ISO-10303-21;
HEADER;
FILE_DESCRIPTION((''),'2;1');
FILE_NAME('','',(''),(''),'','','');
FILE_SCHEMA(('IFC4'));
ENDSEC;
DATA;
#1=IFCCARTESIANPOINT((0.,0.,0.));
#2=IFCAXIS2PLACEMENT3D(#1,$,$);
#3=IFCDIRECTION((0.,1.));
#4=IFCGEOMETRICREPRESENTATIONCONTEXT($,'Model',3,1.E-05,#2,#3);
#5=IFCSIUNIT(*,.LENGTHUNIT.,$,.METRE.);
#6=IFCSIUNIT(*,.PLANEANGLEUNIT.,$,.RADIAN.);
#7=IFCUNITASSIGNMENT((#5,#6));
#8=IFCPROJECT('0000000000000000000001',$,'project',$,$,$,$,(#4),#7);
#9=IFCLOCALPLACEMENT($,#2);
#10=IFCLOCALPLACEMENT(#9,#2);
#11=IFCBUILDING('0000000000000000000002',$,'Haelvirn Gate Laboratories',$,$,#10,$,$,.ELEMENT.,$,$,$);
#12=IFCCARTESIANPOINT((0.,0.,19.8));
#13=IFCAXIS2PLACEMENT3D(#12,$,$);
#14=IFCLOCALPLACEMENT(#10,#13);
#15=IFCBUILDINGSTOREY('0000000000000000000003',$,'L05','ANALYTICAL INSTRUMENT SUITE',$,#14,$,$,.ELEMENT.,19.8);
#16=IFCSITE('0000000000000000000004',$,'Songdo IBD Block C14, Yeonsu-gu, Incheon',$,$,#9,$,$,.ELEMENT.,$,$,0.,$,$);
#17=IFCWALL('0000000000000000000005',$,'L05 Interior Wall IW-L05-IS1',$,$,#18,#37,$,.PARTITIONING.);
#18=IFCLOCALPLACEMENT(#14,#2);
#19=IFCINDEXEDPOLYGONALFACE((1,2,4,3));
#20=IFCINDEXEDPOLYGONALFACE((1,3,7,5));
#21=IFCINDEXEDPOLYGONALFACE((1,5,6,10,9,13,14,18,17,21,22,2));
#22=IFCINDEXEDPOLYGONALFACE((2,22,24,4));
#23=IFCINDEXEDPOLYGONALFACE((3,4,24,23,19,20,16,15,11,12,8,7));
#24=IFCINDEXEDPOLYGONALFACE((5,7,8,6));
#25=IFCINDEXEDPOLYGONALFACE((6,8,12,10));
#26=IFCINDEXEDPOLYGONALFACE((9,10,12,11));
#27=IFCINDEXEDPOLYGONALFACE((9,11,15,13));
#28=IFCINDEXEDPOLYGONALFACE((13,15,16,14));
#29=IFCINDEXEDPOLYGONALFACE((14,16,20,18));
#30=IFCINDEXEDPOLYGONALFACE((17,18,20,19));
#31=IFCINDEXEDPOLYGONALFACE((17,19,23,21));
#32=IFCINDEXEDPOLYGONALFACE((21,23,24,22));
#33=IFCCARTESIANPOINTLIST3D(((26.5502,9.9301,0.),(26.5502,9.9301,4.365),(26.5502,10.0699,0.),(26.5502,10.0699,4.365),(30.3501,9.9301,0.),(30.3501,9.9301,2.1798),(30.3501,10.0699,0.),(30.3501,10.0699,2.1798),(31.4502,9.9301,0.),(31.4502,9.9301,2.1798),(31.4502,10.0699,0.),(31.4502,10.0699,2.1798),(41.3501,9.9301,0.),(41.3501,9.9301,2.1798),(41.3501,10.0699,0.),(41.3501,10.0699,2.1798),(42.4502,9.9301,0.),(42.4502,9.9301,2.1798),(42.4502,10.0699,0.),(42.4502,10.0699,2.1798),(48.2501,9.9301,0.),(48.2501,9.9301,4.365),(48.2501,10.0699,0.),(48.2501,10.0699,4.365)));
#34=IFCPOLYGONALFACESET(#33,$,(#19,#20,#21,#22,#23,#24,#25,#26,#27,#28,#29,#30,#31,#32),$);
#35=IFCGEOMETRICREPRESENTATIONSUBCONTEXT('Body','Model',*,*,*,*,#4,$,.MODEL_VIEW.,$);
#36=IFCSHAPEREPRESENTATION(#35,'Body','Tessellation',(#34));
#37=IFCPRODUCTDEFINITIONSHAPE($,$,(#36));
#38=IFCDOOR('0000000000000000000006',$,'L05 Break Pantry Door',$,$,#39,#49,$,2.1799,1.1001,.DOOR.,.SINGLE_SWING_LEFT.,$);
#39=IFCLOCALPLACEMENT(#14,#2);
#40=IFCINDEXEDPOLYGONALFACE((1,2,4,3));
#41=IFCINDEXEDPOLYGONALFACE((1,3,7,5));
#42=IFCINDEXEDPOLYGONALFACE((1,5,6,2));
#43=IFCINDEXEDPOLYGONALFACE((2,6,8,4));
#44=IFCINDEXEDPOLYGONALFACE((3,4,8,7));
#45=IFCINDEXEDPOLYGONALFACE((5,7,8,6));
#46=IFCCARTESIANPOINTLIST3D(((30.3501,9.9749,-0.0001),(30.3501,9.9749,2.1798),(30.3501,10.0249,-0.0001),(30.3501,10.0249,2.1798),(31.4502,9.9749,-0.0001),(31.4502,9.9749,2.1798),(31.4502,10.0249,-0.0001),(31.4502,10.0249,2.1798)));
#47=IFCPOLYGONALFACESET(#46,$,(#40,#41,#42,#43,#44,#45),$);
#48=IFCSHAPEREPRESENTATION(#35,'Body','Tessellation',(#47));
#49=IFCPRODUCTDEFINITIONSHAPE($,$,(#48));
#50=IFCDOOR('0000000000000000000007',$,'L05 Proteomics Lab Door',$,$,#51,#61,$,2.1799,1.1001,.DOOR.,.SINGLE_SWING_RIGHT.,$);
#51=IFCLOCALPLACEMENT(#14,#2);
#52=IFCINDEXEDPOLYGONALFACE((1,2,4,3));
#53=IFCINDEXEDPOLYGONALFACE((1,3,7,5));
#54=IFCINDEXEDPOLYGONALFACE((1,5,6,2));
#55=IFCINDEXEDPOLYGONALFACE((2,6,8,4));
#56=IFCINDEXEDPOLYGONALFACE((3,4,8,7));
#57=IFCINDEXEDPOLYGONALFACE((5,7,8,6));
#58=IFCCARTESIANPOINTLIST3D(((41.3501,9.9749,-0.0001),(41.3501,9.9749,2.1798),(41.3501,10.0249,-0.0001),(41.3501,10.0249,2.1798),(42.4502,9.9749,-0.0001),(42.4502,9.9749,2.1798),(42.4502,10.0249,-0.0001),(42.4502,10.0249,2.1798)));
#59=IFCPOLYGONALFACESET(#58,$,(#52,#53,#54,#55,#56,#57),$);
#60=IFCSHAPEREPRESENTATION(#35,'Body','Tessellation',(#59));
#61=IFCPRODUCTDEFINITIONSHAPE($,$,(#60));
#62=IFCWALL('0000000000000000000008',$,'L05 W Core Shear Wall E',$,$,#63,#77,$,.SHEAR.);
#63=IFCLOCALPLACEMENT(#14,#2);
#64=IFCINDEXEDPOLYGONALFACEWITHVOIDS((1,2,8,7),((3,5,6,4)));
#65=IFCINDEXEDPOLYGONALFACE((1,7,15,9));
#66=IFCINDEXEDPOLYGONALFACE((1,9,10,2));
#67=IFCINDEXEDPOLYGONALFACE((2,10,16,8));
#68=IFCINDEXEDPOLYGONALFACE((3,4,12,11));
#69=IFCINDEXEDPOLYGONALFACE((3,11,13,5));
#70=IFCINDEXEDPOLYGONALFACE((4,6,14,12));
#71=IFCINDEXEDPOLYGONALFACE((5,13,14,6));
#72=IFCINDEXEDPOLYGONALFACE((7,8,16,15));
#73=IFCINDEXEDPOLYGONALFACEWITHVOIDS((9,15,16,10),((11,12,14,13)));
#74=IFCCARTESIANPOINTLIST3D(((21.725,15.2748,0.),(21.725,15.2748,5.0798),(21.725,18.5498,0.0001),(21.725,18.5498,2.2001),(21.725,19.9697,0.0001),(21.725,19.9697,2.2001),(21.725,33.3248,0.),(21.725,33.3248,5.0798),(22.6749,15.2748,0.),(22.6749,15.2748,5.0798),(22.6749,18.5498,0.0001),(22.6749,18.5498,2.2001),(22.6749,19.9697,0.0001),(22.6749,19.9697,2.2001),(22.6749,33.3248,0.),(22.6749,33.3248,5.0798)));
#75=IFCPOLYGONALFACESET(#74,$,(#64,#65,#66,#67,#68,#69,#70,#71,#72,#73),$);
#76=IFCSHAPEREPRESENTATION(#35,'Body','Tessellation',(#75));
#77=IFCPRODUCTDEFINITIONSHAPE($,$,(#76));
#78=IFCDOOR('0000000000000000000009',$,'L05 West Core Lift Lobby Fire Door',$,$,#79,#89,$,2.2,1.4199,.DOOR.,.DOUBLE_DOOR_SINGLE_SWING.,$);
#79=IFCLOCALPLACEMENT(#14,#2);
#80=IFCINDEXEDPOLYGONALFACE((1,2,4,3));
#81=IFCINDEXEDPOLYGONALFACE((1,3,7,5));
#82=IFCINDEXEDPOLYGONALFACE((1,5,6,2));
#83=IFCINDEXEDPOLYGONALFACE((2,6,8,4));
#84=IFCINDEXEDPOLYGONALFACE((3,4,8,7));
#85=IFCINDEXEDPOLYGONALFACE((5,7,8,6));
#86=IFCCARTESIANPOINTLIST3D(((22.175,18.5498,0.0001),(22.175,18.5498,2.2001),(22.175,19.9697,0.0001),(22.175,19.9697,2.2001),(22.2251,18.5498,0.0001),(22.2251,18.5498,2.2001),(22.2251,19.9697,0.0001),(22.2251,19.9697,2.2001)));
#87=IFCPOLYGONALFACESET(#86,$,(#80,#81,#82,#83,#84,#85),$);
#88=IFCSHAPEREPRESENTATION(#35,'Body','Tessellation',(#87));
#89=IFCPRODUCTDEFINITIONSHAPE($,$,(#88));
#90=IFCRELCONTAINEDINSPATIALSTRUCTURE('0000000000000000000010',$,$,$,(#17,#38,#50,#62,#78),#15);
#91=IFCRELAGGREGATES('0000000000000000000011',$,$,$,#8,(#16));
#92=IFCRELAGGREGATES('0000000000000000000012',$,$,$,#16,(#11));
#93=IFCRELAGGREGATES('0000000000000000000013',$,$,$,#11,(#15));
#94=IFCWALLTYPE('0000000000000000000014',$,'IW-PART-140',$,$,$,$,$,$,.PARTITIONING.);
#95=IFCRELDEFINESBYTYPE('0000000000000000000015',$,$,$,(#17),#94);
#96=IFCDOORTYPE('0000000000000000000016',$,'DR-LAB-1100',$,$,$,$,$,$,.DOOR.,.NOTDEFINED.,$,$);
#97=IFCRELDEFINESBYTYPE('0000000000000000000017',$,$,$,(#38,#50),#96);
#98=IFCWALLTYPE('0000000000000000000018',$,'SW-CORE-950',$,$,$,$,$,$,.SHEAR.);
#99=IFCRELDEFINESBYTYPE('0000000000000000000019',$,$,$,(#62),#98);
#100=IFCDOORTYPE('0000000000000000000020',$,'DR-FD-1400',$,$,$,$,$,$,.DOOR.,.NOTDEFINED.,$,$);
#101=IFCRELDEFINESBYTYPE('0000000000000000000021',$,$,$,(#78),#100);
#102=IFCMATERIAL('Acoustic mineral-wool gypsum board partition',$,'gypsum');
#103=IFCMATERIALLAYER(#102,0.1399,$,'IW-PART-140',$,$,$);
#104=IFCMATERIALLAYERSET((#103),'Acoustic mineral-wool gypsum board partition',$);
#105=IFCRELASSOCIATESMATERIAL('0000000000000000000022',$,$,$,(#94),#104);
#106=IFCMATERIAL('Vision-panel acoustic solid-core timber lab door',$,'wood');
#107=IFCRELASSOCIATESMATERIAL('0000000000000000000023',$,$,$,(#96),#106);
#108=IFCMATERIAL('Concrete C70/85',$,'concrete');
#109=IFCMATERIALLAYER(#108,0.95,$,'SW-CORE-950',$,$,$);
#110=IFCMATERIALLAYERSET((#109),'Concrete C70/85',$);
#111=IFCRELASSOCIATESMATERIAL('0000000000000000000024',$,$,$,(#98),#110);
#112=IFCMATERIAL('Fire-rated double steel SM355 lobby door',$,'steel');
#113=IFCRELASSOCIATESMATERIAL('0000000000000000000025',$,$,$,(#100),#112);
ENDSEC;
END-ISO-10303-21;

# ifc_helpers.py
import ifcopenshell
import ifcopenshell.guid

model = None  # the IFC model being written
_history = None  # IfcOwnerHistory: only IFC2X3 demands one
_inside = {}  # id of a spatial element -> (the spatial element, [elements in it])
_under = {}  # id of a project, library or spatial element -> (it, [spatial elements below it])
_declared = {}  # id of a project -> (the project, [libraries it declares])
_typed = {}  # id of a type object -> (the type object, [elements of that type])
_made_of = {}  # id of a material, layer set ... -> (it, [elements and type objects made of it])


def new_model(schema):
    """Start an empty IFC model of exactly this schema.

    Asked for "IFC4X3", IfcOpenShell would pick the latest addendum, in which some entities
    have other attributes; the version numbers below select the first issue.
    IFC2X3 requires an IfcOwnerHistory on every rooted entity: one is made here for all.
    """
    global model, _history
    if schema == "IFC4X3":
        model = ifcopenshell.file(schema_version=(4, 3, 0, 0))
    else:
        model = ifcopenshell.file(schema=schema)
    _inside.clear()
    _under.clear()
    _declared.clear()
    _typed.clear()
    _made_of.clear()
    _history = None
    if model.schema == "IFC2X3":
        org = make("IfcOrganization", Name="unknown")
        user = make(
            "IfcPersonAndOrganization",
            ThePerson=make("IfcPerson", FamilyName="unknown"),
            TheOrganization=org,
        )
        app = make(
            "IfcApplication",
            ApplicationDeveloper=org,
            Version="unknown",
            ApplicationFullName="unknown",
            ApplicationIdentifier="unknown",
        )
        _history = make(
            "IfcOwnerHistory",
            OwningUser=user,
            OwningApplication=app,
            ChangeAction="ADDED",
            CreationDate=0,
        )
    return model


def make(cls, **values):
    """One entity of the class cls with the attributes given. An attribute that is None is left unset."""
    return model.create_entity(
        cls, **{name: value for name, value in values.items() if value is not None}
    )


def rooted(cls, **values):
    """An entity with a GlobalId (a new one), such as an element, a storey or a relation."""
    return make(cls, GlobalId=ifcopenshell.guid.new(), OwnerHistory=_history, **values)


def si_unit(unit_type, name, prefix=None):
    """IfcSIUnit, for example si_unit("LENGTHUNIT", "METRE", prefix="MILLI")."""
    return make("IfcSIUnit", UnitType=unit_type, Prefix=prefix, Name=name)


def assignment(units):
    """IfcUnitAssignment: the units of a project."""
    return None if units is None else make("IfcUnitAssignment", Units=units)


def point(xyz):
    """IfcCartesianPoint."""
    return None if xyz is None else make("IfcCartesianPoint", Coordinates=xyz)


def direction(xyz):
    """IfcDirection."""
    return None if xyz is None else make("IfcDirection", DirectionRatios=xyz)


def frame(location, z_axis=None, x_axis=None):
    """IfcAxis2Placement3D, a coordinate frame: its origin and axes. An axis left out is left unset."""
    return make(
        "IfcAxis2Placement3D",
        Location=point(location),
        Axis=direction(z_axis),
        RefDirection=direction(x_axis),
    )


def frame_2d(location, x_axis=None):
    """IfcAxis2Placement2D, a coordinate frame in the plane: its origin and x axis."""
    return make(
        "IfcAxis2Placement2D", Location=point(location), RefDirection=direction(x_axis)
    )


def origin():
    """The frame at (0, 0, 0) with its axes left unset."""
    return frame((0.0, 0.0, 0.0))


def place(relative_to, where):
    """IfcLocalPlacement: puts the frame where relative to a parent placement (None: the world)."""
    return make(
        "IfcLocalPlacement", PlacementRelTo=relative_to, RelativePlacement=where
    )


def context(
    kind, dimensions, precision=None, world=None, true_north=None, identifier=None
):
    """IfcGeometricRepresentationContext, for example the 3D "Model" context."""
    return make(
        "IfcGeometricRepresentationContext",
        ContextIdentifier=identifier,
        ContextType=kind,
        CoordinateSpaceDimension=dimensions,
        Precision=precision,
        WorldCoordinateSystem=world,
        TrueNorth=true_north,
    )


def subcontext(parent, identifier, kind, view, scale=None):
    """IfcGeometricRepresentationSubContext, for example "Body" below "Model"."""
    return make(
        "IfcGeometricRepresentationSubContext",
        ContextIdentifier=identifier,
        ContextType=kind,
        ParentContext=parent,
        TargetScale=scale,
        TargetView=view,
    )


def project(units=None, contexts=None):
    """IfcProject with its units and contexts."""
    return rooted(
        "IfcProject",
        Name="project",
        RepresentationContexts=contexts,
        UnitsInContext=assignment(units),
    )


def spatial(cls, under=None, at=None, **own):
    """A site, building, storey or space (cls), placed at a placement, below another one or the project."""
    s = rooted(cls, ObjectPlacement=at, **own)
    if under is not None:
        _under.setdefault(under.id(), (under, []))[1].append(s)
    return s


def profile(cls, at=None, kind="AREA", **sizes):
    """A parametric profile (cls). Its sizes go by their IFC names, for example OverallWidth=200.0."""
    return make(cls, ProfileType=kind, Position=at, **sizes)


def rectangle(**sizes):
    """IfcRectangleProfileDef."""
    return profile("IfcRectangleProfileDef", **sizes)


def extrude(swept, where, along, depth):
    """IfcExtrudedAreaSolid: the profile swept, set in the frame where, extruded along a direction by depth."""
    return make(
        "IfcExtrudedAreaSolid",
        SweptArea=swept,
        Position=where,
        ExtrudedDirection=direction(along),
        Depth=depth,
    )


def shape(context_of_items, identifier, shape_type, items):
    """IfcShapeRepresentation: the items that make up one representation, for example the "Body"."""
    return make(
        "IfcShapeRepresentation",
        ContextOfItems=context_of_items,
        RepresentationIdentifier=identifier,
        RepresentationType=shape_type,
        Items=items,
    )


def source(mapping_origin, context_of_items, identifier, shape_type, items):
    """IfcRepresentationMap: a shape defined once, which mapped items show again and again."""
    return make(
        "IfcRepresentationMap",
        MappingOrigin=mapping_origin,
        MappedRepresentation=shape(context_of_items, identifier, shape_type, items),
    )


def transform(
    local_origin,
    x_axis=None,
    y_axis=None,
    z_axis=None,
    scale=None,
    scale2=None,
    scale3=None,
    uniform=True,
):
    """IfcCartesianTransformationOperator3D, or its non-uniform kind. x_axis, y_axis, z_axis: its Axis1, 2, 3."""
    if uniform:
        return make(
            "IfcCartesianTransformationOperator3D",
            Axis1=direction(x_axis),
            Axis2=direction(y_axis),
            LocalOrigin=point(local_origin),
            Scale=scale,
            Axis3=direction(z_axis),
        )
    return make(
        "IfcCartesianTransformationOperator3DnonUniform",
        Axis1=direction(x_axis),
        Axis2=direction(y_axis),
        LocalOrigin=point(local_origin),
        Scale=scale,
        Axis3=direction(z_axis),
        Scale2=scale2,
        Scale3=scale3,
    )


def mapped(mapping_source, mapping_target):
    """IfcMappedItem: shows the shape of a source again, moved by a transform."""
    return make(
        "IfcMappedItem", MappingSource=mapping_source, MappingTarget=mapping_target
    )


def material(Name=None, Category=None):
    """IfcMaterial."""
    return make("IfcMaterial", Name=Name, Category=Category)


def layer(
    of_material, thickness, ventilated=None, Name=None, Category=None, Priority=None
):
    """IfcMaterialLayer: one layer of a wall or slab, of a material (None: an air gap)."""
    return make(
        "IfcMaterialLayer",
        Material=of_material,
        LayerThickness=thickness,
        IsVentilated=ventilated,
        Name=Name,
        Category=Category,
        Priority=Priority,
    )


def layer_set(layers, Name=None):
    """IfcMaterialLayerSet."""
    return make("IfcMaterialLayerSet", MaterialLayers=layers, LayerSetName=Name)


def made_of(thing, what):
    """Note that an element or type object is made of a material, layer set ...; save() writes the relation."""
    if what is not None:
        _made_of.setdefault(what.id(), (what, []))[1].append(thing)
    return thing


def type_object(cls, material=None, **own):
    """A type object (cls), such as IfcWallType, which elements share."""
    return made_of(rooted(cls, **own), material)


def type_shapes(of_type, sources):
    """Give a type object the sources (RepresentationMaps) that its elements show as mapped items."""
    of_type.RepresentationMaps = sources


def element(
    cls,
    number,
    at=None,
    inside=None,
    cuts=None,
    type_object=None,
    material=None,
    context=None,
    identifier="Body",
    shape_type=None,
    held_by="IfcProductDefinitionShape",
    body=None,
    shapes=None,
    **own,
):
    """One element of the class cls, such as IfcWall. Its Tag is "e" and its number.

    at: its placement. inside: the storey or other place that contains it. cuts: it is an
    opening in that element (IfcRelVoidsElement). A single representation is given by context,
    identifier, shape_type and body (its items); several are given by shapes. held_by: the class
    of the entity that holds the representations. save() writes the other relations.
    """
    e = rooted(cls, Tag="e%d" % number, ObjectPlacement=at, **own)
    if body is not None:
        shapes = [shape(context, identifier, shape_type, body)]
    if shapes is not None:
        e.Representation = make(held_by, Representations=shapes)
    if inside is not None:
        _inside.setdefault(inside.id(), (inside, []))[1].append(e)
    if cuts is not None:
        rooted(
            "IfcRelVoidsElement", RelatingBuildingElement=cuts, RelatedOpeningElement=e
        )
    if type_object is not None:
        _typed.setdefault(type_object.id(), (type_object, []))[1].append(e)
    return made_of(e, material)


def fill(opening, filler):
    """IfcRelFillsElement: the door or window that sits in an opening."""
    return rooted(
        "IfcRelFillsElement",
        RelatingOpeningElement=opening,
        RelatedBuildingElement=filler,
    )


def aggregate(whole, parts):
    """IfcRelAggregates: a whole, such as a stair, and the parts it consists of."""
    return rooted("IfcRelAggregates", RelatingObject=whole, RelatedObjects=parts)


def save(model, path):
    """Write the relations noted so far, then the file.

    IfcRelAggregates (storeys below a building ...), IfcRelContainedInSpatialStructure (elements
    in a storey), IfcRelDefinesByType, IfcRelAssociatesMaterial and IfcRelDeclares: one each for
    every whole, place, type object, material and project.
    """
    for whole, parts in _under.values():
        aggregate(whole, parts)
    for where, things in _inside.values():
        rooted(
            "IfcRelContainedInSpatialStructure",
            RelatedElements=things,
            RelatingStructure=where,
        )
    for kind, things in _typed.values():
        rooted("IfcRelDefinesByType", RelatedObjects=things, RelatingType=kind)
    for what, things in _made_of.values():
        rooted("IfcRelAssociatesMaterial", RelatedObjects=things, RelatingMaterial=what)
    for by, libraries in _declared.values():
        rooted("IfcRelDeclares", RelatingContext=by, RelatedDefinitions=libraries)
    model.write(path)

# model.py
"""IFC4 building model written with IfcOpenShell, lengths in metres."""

from ifc_helpers import new_model, si_unit, direction, frame, frame_2d, origin, place, context, subcontext, project, spatial, rectangle, extrude, source, transform, mapped, material, layer, layer_set, type_object, type_shapes, element, fill, save


model = new_model("IFC4")

# Units and contexts
model_context = context("Model", 3, precision=1e-05, world=origin(), true_north=direction((0.0, 1.0)))
body_context = subcontext(model_context, "Body", "Model", "MODEL_VIEW")
ifc_project = project(units=[si_unit("LENGTHUNIT", "METRE"), si_unit("PLANEANGLEUNIT", "RADIAN")], contexts=[model_context])

# Site, building, storey
site_placement = place(None, origin())
site = spatial("IfcSite", under=ifc_project, at=site_placement, Name="Songdo IBD Block C14, Yeonsu-gu, Incheon", CompositionType="ELEMENT", RefElevation=0.0)
building_placement = place(site_placement, origin())
building = spatial("IfcBuilding", under=site, at=building_placement, Name="Haelvirn Gate Laboratories", CompositionType="ELEMENT")
storey_placement = place(building_placement, frame((0.0, 0.0, 19.8)))
storey = spatial("IfcBuildingStorey", under=building, at=storey_placement, Name="L05", Description="ANALYTICAL INSTRUMENT SUITE", CompositionType="ELEMENT", Elevation=19.8)

# Shared definitions
ifc_material_1 = material(Name="Concrete C70/85", Category="concrete")

# Wall, openings, doors
ifc_material_2 = material(Name="Acoustic mineral-wool gypsum board partition", Category="gypsum")
ifc_layer_1 = layer(ifc_material_2, 0.1399, Name="IW-PART-140")
ifc_layer_set_1 = layer_set([ifc_layer_1], Name="Acoustic mineral-wool gypsum board partition")
wall_type_1 = type_object("IfcWallType", Name="IW-PART-140", PredefinedType="PARTITIONING", material=ifc_layer_set_1)
wall_1_placement = place(storey_placement, frame((26.55, 10.0, 0.0), z_axis=(0.0, 0.0, 1.0), x_axis=(1.0, 0.0, 0.0)))
wall_1 = element("IfcWall", 1, at=wall_1_placement, inside=storey, type_object=wall_type_1, Name="L05 Interior Wall IW-L05-IS1", PredefinedType="PARTITIONING", context=body_context, shape_type="SweptSolid", body=[
    extrude(rectangle(XDim=21.7, YDim=0.1399, at=frame_2d((10.8501, 0.0))), origin(), (0.0, 0.0, 1.0), 4.365),
])
opening_1_placement = place(wall_1_placement, frame((3.8, 0.0, 0.0)))
opening_1 = element("IfcOpeningElement", 2, at=opening_1_placement, cuts=wall_1, PredefinedType="OPENING", context=body_context, shape_type="SweptSolid", body=[
    extrude(rectangle(XDim=1.1001, YDim=2.1799, at=frame_2d((0.55, 1.0898))), frame((0.0, 0.0801, 0.0), z_axis=(0.0, -1.0, 0.0), x_axis=(1.0, 0.0, 0.0)), (0.0, 0.0, 1.0), 0.1599),
])
opening_2_placement = place(wall_1_placement, frame((14.8, 0.0, 0.0)))
opening_2 = element("IfcOpeningElement", 3, at=opening_2_placement, cuts=wall_1, PredefinedType="OPENING", context=body_context, shape_type="SweptSolid", body=[
    extrude(rectangle(XDim=1.1001, YDim=2.1799, at=frame_2d((0.55, 1.0898))), frame((0.0, 0.0801, 0.0), z_axis=(0.0, -1.0, 0.0), x_axis=(1.0, 0.0, 0.0)), (0.0, 0.0, 1.0), 0.1599),
])
ifc_material_3 = material(Name="Vision-panel acoustic solid-core timber lab door", Category="wood")
door_type_1 = type_object("IfcDoorType", Name="DR-LAB-1100", OperationType="NOTDEFINED", PredefinedType="DOOR", material=ifc_material_3)
shared_shape_1 = source(origin(), body_context, "Body", "SweptSolid", [
    extrude(rectangle(XDim=1.1001, YDim=2.1799, at=frame_2d((0.55, 1.0898))), frame((0.0, 0.0249, 0.0), z_axis=(0.0, -1.0, 0.0), x_axis=(1.0, 0.0, 0.0)), (0.0, 0.0, 1.0), 0.05),
])
type_shapes(door_type_1, [shared_shape_1])
door_1_placement = place(opening_1_placement, origin())
door_1 = element("IfcDoor", 4, at=door_1_placement, inside=storey, type_object=door_type_1, Name="L05 Break Pantry Door", OperationType="SINGLE_SWING_LEFT", OverallHeight=2.1799, OverallWidth=1.1001, PredefinedType="DOOR", context=body_context, shape_type="MappedRepresentation", body=[
    mapped(shared_shape_1, transform((0.0, 0.0, 0.0), scale=1.0)),
])
fill(opening_1, door_1)
door_2_placement = place(opening_2_placement, origin())
door_2 = element("IfcDoor", 5, at=door_2_placement, inside=storey, type_object=door_type_1, Name="L05 Proteomics Lab Door", OperationType="SINGLE_SWING_RIGHT", OverallHeight=2.1799, OverallWidth=1.1001, PredefinedType="DOOR", context=body_context, shape_type="MappedRepresentation", body=[
    mapped(shared_shape_1, transform((0.0, 0.0, 0.0), scale=1.0)),
])
fill(opening_2, door_2)

# Wall, opening, door
ifc_layer_2 = layer(ifc_material_1, 0.95, Name="SW-CORE-950")
ifc_layer_set_2 = layer_set([ifc_layer_2], Name="Concrete C70/85")
wall_type_2 = type_object("IfcWallType", Name="SW-CORE-950", PredefinedType="SHEAR", material=ifc_layer_set_2)
wall_2_placement = place(storey_placement, frame((22.2, 15.2749, 0.0), z_axis=(0.0, 0.0, 1.0), x_axis=(0.0, 1.0, 0.0)))
wall_2 = element("IfcWall", 6, at=wall_2_placement, inside=storey, type_object=wall_type_2, Name="L05 W Core Shear Wall E", PredefinedType="SHEAR", context=body_context, shape_type="SweptSolid", body=[
    extrude(rectangle(XDim=18.05, YDim=0.95, at=frame_2d((9.0249, 0.0))), origin(), (0.0, 0.0, 1.0), 5.0798),
])
opening_3_placement = place(wall_2_placement, frame((3.2749, 0.0, 0.0)))
opening_3 = element("IfcOpeningElement", 7, at=opening_3_placement, cuts=wall_2, PredefinedType="OPENING", context=body_context, shape_type="SweptSolid", body=[
    extrude(rectangle(XDim=1.4199, YDim=2.2, at=frame_2d((0.71, 1.1001))), frame((0.0, 0.4849, 0.0), z_axis=(0.0, -1.0, 0.0), x_axis=(1.0, 0.0, 0.0)), (0.0, 0.0, 1.0), 0.97),
])
ifc_material_4 = material(Name="Fire-rated double steel SM355 lobby door", Category="steel")
door_type_2 = type_object("IfcDoorType", Name="DR-FD-1400", OperationType="NOTDEFINED", PredefinedType="DOOR", material=ifc_material_4)
shared_shape_2 = source(origin(), body_context, "Body", "SweptSolid", [
    extrude(rectangle(XDim=1.4199, YDim=2.2, at=frame_2d((0.71, 1.1001))), frame((0.0, 0.0249, 0.0), z_axis=(0.0, -1.0, 0.0), x_axis=(1.0, 0.0, 0.0)), (0.0, 0.0, 1.0), 0.05),
])
type_shapes(door_type_2, [shared_shape_2])
door_3_placement = place(opening_3_placement, origin())
door_3 = element("IfcDoor", 8, at=door_3_placement, inside=storey, type_object=door_type_2, Name="L05 West Core Lift Lobby Fire Door", OperationType="DOUBLE_DOOR_SINGLE_SWING", OverallHeight=2.2, OverallWidth=1.4199, PredefinedType="DOOR", context=body_context, shape_type="MappedRepresentation", body=[
    mapped(shared_shape_2, transform((0.0, 0.0, 0.0), scale=1.0)),
])
fill(opening_3, door_3)

save(model, "model.ifc")
